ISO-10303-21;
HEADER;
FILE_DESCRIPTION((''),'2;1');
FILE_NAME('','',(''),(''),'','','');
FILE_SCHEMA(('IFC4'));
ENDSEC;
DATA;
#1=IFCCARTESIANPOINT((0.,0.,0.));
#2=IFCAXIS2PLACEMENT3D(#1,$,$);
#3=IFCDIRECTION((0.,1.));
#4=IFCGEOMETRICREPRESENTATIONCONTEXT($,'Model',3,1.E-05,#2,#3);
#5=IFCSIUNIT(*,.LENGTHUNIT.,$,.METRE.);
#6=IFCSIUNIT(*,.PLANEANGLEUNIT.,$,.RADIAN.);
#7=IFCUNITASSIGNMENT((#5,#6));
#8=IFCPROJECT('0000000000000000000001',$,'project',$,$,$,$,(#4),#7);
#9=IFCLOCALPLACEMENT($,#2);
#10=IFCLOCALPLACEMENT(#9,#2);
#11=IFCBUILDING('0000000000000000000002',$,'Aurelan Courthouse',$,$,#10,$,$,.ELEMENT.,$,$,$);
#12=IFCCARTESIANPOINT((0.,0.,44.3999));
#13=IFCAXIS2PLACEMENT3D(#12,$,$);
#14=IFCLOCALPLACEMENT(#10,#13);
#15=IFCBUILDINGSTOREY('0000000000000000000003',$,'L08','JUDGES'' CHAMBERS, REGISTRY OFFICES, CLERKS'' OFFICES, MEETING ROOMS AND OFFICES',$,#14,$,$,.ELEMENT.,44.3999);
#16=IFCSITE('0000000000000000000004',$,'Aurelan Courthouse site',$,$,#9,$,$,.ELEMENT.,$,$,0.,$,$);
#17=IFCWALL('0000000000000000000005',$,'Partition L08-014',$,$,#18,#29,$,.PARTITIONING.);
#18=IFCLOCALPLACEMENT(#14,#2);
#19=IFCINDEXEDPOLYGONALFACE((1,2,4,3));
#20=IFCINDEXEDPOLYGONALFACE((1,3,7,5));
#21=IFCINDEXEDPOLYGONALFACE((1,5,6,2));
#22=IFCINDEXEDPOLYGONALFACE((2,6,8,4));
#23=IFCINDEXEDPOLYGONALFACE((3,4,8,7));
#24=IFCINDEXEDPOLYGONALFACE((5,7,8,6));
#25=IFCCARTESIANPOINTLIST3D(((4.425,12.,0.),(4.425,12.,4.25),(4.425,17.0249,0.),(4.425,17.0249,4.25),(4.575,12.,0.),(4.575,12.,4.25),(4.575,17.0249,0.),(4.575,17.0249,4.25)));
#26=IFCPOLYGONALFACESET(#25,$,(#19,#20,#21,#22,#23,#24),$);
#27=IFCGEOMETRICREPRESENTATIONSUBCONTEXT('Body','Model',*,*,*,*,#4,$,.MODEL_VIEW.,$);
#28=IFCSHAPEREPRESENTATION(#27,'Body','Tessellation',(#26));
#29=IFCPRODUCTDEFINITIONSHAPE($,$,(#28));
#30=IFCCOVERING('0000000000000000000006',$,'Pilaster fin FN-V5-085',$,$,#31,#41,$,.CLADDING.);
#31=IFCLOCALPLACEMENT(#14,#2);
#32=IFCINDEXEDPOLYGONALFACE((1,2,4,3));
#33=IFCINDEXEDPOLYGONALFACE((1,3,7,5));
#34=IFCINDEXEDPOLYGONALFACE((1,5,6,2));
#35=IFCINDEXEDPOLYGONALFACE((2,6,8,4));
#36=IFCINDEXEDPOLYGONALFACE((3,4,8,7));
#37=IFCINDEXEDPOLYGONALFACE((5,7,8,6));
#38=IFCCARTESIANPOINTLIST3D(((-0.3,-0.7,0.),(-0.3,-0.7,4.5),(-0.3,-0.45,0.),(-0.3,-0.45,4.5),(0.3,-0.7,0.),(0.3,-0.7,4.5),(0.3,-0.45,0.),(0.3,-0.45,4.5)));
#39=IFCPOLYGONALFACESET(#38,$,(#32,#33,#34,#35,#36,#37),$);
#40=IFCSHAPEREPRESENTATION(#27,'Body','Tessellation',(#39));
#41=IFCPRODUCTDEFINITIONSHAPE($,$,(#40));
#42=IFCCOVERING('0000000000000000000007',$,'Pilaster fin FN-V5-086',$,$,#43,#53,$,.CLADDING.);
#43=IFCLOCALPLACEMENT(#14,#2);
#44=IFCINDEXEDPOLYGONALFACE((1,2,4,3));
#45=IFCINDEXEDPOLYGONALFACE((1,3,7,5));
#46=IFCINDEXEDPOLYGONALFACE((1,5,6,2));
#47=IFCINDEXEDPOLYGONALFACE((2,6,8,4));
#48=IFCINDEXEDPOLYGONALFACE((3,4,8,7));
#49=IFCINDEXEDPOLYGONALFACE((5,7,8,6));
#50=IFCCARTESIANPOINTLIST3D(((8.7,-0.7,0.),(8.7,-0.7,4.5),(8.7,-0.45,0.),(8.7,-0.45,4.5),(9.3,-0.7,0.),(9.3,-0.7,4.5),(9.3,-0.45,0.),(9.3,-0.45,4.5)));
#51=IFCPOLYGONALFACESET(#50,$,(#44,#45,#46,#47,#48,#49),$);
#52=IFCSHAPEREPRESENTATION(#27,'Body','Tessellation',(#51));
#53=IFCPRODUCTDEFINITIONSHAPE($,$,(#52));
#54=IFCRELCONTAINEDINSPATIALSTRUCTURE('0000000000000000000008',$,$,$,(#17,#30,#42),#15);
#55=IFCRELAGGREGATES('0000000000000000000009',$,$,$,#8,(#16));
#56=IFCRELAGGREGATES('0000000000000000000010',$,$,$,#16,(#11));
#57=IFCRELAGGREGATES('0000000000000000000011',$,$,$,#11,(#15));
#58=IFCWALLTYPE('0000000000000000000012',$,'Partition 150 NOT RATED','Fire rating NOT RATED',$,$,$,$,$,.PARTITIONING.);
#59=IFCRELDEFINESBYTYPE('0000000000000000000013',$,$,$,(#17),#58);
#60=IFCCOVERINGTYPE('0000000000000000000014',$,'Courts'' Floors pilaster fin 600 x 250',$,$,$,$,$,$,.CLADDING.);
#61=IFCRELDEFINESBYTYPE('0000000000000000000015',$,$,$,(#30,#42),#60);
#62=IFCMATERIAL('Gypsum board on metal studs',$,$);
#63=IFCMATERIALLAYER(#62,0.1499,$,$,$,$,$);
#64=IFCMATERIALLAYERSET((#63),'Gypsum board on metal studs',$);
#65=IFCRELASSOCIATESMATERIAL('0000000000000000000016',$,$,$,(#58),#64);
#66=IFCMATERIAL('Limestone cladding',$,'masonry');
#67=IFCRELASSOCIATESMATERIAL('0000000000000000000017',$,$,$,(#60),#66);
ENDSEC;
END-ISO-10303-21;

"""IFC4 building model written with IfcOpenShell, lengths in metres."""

from ifc_helpers import new_model, si_unit, direction, frame, frame_2d, origin, origin_2d, place, context, subcontext, project, spatial, rectangle, extrude, material, layer, layer_set, type_object, element, save


model = new_model("IFC4")

# Units and contexts
model_context = context("Model", 3, precision=1e-05, world=origin(), true_north=direction((0.0, 1.0)))
body_context = subcontext(model_context, "Body", "Model", "MODEL_VIEW")
ifc_project = project(units=[si_unit("LENGTHUNIT", "METRE"), si_unit("PLANEANGLEUNIT", "RADIAN")], contexts=[model_context])

# Site, building, storey
site_placement = place(None, origin())
site = spatial("IfcSite", under=ifc_project, at=site_placement, Name="Aurelan Courthouse site", CompositionType="ELEMENT", RefElevation=0.0)
building_placement = place(site_placement, origin())
building = spatial("IfcBuilding", under=site, at=building_placement, Name="Aurelan Courthouse", CompositionType="ELEMENT")
storey_placement = place(building_placement, frame((0.0, 0.0, 44.3999)))
storey = spatial("IfcBuildingStorey", under=building, at=storey_placement, Name="L08", Description="JUDGES' CHAMBERS, REGISTRY OFFICES, CLERKS' OFFICES, MEETING ROOMS AND OFFICES", CompositionType="ELEMENT", Elevation=44.3999)

# Shared definitions
ifc_material_1 = material(Name="Gypsum board on metal studs")

# Shared definitions
ifc_material_2 = material(Name="Limestone cladding", Category="masonry")

# Shared definitions
ifc_layer_1 = layer(ifc_material_1, 0.1499)
ifc_layer_set_1 = layer_set([ifc_layer_1], Name="Gypsum board on metal studs")
wall_type_1 = type_object("IfcWallType", Name="Partition 150 NOT RATED", Description="Fire rating NOT RATED", PredefinedType="PARTITIONING", material=ifc_layer_set_1)

# Wall
wall_1_placement = place(storey_placement, frame((4.5, 12.0, 0.0), z_axis=(0.0, 0.0, 1.0), x_axis=(0.0, 1.0, 0.0)))
element("IfcWall", 1, at=wall_1_placement, inside=storey, type_object=wall_type_1, Name="Partition L08-014", PredefinedType="PARTITIONING", context=body_context, shape_type="SweptSolid", body=[
    extrude(rectangle(XDim=5.0249, YDim=0.1499, at=frame_2d((2.5125, 0.0))), origin(), (0.0, 0.0, 1.0), 4.25),
])

# Coverings
covering_type = type_object("IfcCoveringType", Name="Courts' Floors pilaster fin 600 x 250", PredefinedType="CLADDING", material=ifc_material_2)
for number, where, z_axis, x_axis, name in (
    (2, (0.0, -0.575, 0.0), (0.0, 0.0, 1.0), (1.0, 0.0, 0.0), "Pilaster fin FN-V5-085"),
    (3, (9.0, -0.575, 0.0), (0.0, 0.0, 1.0), (1.0, 0.0, 0.0), "Pilaster fin FN-V5-086"),
):
    element("IfcCovering", number, at=place(storey_placement, frame(where, z_axis=z_axis, x_axis=x_axis)), inside=storey, type_object=covering_type, Name=name, PredefinedType="CLADDING", context=body_context, shape_type="SweptSolid", body=[
        extrude(rectangle(XDim=0.6001, YDim=0.25, at=origin_2d()), origin(), (0.0, 0.0, 1.0), 4.5),
    ])

save(model, "model.ifc")
